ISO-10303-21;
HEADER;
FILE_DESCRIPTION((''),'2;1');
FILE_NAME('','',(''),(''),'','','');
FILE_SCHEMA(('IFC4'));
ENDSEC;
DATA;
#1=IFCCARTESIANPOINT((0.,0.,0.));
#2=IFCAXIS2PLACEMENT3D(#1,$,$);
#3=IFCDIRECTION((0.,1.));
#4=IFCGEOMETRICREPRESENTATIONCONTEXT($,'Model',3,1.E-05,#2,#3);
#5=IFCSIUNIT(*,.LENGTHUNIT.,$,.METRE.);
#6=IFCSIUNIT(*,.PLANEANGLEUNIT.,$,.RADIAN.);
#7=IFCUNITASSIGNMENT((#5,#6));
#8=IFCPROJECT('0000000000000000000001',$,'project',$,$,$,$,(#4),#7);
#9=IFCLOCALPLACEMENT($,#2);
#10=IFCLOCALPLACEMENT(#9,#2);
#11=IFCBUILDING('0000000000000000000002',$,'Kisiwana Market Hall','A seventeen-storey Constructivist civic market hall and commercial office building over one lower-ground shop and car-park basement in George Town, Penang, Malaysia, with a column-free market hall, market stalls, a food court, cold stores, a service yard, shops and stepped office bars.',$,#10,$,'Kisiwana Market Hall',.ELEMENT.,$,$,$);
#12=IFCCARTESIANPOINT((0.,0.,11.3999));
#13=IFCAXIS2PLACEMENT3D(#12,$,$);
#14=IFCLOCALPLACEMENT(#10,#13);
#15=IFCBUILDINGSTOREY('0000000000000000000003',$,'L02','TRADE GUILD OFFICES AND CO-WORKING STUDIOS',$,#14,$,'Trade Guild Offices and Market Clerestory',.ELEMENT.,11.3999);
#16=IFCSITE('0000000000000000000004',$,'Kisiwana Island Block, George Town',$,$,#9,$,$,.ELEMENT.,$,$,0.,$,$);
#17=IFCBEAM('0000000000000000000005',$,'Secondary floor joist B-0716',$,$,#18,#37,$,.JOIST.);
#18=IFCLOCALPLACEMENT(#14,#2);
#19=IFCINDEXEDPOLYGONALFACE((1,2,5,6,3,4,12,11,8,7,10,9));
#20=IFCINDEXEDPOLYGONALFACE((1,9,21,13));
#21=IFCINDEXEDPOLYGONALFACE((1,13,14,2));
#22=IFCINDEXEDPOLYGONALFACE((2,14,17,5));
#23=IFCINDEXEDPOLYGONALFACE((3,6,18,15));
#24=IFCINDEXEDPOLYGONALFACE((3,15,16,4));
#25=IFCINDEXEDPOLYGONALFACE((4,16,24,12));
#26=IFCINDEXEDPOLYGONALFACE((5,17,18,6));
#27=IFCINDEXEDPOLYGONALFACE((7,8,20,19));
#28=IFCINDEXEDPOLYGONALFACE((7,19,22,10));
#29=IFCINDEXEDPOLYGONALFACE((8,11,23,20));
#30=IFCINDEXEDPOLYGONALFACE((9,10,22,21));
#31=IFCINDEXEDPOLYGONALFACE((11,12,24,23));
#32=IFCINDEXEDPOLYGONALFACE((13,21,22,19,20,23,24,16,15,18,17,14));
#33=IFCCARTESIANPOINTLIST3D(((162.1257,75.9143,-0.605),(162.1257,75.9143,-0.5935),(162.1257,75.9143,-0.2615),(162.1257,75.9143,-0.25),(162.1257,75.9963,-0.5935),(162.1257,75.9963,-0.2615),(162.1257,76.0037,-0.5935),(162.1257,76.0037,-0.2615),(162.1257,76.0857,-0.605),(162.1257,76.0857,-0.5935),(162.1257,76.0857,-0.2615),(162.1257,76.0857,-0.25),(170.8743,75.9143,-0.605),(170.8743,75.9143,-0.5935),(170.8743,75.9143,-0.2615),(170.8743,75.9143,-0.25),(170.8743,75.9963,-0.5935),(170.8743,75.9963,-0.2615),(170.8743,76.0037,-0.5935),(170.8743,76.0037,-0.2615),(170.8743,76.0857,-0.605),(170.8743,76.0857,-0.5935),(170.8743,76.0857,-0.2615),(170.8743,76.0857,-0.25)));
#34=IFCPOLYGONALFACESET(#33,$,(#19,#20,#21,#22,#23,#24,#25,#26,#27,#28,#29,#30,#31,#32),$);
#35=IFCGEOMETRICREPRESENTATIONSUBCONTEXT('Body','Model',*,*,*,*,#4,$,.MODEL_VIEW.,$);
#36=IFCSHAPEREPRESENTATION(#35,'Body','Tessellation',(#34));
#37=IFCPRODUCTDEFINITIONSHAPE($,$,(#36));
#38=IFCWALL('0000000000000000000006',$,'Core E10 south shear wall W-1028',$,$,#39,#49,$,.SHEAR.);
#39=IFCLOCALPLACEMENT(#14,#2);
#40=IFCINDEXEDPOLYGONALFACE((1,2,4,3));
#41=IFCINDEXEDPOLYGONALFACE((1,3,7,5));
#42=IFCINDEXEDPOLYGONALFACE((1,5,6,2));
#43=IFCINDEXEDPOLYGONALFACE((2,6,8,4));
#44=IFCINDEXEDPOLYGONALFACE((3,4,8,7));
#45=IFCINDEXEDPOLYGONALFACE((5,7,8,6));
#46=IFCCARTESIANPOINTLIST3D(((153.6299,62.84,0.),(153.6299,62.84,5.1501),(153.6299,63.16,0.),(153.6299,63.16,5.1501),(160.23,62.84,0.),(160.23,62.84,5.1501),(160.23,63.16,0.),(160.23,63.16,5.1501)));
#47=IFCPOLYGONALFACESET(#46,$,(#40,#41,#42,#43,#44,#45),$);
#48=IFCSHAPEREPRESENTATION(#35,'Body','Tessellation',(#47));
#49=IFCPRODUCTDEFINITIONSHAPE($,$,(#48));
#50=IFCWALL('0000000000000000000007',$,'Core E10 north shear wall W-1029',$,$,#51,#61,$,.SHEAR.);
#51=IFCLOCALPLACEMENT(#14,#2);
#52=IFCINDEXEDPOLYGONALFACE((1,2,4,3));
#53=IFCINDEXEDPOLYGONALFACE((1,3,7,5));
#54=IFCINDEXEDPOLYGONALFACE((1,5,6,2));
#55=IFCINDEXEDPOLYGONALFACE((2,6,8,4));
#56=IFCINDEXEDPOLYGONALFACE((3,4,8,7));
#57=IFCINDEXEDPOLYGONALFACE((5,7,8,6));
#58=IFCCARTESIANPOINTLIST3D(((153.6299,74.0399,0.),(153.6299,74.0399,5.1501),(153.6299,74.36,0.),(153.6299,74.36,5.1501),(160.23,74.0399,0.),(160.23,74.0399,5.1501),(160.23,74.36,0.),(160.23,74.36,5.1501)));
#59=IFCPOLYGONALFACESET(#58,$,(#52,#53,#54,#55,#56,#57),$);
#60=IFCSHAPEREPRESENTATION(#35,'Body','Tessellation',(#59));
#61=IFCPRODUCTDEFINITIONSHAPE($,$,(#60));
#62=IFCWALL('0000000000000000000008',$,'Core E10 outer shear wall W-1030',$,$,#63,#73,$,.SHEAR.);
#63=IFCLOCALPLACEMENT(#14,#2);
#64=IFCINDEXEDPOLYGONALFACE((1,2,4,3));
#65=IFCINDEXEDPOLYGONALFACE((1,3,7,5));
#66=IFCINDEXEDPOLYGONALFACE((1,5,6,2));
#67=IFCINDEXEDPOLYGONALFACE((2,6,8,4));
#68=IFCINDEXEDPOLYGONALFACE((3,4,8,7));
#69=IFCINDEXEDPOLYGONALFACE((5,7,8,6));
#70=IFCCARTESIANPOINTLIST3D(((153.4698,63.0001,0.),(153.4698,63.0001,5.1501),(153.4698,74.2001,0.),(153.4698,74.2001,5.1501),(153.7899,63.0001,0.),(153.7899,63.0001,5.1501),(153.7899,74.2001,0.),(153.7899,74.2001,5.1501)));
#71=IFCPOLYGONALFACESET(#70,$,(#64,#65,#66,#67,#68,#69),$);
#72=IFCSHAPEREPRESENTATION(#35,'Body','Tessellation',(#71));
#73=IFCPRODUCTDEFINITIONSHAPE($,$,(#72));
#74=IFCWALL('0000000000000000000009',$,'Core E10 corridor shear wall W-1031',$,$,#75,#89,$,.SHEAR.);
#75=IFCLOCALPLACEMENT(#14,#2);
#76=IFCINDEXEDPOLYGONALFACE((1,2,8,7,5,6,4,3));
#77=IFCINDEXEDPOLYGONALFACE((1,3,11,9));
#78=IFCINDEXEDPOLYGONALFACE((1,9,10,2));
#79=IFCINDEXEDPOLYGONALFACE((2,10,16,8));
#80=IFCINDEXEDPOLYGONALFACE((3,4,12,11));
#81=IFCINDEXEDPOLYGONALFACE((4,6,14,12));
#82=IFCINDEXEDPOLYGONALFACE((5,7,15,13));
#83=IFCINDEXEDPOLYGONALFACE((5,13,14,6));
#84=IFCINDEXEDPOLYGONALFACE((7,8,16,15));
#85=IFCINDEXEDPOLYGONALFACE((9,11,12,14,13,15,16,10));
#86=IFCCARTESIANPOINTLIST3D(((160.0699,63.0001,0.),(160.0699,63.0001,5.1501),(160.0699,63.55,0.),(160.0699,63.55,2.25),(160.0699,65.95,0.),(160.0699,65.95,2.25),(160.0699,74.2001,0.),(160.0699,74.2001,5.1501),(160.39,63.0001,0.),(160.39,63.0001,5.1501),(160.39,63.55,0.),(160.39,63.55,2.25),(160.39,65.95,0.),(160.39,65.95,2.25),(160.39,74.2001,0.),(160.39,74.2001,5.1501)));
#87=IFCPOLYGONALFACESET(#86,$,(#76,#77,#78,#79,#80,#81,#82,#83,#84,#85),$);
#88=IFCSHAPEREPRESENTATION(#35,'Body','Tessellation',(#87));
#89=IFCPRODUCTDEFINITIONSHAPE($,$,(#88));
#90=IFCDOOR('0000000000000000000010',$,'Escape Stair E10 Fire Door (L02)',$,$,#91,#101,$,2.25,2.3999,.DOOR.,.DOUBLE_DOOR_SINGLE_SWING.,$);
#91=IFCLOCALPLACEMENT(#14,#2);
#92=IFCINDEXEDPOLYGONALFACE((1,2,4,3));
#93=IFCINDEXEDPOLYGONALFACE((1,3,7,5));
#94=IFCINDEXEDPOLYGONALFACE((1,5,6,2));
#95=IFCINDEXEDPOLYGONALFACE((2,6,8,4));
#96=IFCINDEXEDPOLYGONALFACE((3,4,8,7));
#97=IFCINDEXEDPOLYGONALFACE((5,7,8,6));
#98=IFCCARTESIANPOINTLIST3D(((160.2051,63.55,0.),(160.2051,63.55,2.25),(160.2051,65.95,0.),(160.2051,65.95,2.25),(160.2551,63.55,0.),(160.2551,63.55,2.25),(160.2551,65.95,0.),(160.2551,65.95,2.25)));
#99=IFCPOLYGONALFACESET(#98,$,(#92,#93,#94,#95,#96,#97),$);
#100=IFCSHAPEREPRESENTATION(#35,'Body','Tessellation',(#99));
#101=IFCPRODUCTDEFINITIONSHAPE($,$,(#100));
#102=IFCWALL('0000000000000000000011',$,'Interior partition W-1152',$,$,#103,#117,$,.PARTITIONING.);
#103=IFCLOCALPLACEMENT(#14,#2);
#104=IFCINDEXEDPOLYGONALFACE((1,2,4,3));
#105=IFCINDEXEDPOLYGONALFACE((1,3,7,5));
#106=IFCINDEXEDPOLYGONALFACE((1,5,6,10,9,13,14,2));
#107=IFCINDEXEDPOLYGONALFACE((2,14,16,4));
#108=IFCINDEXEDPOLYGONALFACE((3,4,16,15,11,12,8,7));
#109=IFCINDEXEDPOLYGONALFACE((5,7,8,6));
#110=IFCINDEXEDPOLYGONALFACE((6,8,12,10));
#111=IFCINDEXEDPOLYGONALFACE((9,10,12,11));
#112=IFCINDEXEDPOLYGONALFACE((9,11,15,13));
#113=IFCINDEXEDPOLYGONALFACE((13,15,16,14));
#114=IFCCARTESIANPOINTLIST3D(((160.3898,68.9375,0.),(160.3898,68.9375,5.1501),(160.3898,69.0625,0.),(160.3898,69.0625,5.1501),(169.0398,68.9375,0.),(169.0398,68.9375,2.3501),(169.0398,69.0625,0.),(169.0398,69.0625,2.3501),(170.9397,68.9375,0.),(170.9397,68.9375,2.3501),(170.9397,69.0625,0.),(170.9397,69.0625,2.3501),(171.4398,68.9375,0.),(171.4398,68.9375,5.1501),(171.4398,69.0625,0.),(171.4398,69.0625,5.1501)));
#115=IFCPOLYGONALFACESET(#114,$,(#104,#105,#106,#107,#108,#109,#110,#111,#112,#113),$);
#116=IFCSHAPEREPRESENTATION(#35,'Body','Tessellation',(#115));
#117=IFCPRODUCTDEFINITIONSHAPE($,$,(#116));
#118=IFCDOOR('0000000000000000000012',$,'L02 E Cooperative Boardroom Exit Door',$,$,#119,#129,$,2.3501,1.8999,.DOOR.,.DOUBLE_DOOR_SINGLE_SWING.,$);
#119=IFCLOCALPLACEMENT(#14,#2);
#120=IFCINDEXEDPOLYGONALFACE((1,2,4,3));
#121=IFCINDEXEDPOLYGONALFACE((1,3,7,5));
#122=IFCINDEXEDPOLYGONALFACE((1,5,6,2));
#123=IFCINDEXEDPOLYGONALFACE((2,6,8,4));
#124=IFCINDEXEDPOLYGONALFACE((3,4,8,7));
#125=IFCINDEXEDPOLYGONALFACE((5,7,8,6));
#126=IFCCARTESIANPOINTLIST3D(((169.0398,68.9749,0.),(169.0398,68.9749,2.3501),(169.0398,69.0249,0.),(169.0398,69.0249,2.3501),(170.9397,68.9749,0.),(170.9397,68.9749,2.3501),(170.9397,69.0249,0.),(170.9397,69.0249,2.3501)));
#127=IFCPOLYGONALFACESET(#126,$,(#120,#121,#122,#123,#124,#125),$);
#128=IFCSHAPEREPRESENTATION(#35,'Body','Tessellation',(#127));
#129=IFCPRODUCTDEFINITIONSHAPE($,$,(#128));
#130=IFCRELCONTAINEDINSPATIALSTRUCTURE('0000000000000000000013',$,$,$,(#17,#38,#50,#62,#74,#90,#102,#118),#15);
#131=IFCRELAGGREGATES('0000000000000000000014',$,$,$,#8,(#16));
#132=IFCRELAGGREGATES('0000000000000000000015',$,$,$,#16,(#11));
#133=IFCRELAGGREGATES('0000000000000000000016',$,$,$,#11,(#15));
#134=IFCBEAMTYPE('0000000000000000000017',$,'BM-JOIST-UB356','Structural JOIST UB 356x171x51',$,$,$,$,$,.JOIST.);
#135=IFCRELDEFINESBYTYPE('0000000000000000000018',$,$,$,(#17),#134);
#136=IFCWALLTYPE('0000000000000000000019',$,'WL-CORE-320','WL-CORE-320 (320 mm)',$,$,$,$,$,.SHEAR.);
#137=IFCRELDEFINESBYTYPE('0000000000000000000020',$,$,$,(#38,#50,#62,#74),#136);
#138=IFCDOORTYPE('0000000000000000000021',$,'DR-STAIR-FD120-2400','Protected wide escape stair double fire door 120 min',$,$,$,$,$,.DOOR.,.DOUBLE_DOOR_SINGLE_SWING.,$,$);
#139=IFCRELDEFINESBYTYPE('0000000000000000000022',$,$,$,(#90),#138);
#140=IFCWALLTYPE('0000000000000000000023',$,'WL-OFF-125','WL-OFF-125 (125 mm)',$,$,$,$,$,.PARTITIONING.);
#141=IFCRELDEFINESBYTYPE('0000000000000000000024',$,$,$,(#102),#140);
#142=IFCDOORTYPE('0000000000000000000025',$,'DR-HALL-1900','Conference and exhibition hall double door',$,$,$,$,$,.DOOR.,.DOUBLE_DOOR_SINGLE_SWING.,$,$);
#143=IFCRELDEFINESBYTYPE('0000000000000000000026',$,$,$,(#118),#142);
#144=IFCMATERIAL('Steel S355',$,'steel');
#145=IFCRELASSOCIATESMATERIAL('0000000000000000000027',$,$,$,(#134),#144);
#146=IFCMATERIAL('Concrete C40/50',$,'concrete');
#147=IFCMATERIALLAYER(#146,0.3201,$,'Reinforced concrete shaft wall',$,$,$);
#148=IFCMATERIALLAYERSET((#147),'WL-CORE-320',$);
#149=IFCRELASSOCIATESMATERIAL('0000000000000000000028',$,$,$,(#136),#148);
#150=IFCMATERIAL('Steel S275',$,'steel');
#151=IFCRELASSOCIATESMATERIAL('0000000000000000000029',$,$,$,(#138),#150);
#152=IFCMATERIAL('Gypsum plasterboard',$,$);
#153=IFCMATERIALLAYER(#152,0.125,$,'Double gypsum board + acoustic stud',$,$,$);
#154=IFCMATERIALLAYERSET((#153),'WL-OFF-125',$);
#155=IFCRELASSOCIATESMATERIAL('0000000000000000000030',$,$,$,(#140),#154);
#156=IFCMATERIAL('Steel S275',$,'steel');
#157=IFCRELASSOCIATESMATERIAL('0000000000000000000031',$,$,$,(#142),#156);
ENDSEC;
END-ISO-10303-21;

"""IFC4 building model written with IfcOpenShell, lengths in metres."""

from ifc_helpers import new_model, si_unit, direction, frame, frame_2d, origin, origin_2d, place, context, subcontext, project, spatial, rectangle, i_section, extrude, material, layer, layer_set, material_profile, profile_set, type_object, element, fill, save


model = new_model("IFC4")

# Units and contexts
model_context = context("Model", 3, precision=1e-05, world=origin(), true_north=direction((0.0, 1.0)))
body_context = subcontext(model_context, "Body", "Model", "MODEL_VIEW")
ifc_project = project(units=[si_unit("LENGTHUNIT", "METRE"), si_unit("PLANEANGLEUNIT", "RADIAN")], contexts=[model_context])

# Site, building, storey
site_placement = place(None, origin())
site = spatial("IfcSite", under=ifc_project, at=site_placement, Name="Kisiwana Island Block, George Town", CompositionType="ELEMENT", RefElevation=0.0)
building_placement = place(site_placement, origin())
building = spatial("IfcBuilding", under=site, at=building_placement, Name="Kisiwana Market Hall", Description="A seventeen-storey Constructivist civic market hall and commercial office building over one lower-ground shop and car-park basement in George Town, Penang, Malaysia, with a column-free market hall, market stalls, a food court, cold stores, a service yard, shops and stepped office bars.", LongName="Kisiwana Market Hall", CompositionType="ELEMENT")
storey_placement = place(building_placement, frame((0.0, 0.0, 11.3999)))
storey = spatial("IfcBuildingStorey", under=building, at=storey_placement, Name="L02", Description="TRADE GUILD OFFICES AND CO-WORKING STUDIOS", LongName="Trade Guild Offices and Market Clerestory", CompositionType="ELEMENT", Elevation=11.3999)

# Beam
ifc_material_1 = material(Name="Steel S355", Category="steel")
ifc_material_profile_1 = material_profile(ifc_material_1, i_section(OverallWidth=0.1714, OverallDepth=0.355, WebThickness=0.0073, FlangeThickness=0.0115, at=origin_2d()), Name="UB 356x171x51")
ifc_profile_set_1 = profile_set([ifc_material_profile_1], Name="Steel S355")
beam_type_1 = type_object("IfcBeamType", Name="BM-JOIST-UB356", Description="Structural JOIST UB 356x171x51", PredefinedType="JOIST", material=ifc_profile_set_1)
for number, where, z_axis, x_axis, name in (
    (1, (162.1257, 76.0, -0.4275), (1.0, 0.0, 0.0), (0.0, 1.0, 0.0), "Secondary floor joist B-0716"),
):
    element("IfcBeam", number, at=place(storey_placement, frame(where, z_axis=z_axis, x_axis=x_axis)), inside=storey, type_object=beam_type_1, Name=name, PredefinedType="JOIST", context=body_context, shape_type="SweptSolid", body=[
        extrude(i_section(OverallWidth=0.1714, OverallDepth=0.355, WebThickness=0.0073, FlangeThickness=0.0115, at=origin_2d()), origin(), (0.0, 0.0, 1.0), 8.7485),
    ])

# Walls
ifc_material_2 = material(Name="Concrete C40/50", Category="concrete")
ifc_layer_1 = layer(ifc_material_2, 0.3201, Name="Reinforced concrete shaft wall")
ifc_layer_set_1 = layer_set([ifc_layer_1], Name="WL-CORE-320")
wall_type_1 = type_object("IfcWallType", Name="WL-CORE-320", Description="WL-CORE-320 (320 mm)", PredefinedType="SHEAR", material=ifc_layer_set_1)
for number, where, z_axis, x_axis, name in (
    (2, (153.6299, 63.0, 0.0), (0.0, 0.0, 1.0), (1.0, 0.0, 0.0), "Core E10 south shear wall W-1028"),
    (3, (153.6299, 74.2, 0.0), (0.0, 0.0, 1.0), (1.0, 0.0, 0.0), "Core E10 north shear wall W-1029"),
):
    element("IfcWall", number, at=place(storey_placement, frame(where, z_axis=z_axis, x_axis=x_axis)), inside=storey, type_object=wall_type_1, Name=name, PredefinedType="SHEAR", context=body_context, shape_type="SweptSolid", body=[
        extrude(rectangle(XDim=6.6001, YDim=0.3201, at=frame_2d((3.3, 0.0))), origin(), (0.0, 0.0, 1.0), 5.1501),
    ])
wall_1_placement = place(storey_placement, frame((153.6299, 63.0, 0.0), z_axis=(0.0, 0.0, 1.0), x_axis=(0.0, 1.0, 0.0)))
element("IfcWall", 4, at=wall_1_placement, inside=storey, type_object=wall_type_1, Name="Core E10 outer shear wall W-1030", PredefinedType="SHEAR", context=body_context, shape_type="SweptSolid", body=[
    extrude(rectangle(XDim=11.2, YDim=0.3201, at=frame_2d((5.6001, 0.0))), origin(), (0.0, 0.0, 1.0), 5.1501),
])

# Walls, openings, doors
wall_2_placement = place(storey_placement, frame((160.23, 63.0, 0.0), z_axis=(0.0, 0.0, 1.0), x_axis=(0.0, 1.0, 0.0)))
wall_2 = element("IfcWall", 5, at=wall_2_placement, inside=storey, type_object=wall_type_1, Name="Core E10 corridor shear wall W-1031", PredefinedType="SHEAR", context=body_context, shape_type="SweptSolid", body=[
    extrude(rectangle(XDim=11.2, YDim=0.3201, at=frame_2d((5.6001, 0.0))), origin(), (0.0, 0.0, 1.0), 5.1501),
])
opening_1_placement = place(wall_2_placement, frame((0.55, 0.0, 0.0)))
opening_1 = element("IfcOpeningElement", 6, at=opening_1_placement, cuts=wall_2, PredefinedType="OPENING", context=body_context, shape_type="SweptSolid", body=[
    extrude(rectangle(XDim=2.3999, YDim=2.25, at=frame_2d((1.2, 1.125))), frame((0.0, 0.1719, 0.0), z_axis=(0.0, -1.0, 0.0), x_axis=(1.0, 0.0, 0.0)), (0.0, 0.0, 1.0), 0.344),
])
ifc_material_3 = material(Name="Steel S275", Category="steel")
door_type_1 = type_object("IfcDoorType", Name="DR-STAIR-FD120-2400", Description="Protected wide escape stair double fire door 120 min", OperationType="DOUBLE_DOOR_SINGLE_SWING", PredefinedType="DOOR", material=ifc_material_3)
door_1_placement = place(opening_1_placement, origin())
door_1 = element("IfcDoor", 7, at=door_1_placement, inside=storey, type_object=door_type_1, Name="Escape Stair E10 Fire Door (L02)", OperationType="DOUBLE_DOOR_SINGLE_SWING", OverallHeight=2.25, OverallWidth=2.3999, PredefinedType="DOOR", context=body_context, shape_type="SweptSolid", body=[
    extrude(rectangle(XDim=2.3999, YDim=2.25, at=frame_2d((1.2, 1.125))), frame((0.0, 0.0249, 0.0), z_axis=(0.0, -1.0, 0.0), x_axis=(1.0, 0.0, 0.0)), (0.0, 0.0, 1.0), 0.05),
])
fill(opening_1, door_1)
ifc_material_4 = material(Name="Gypsum plasterboard")
ifc_layer_2 = layer(ifc_material_4, 0.125, Name="Double gypsum board + acoustic stud")
ifc_layer_set_2 = layer_set([ifc_layer_2], Name="WL-OFF-125")
wall_type_2 = type_object("IfcWallType", Name="WL-OFF-125", Description="WL-OFF-125 (125 mm)", PredefinedType="PARTITIONING", material=ifc_layer_set_2)
wall_3_placement = place(storey_placement, frame((160.3899, 69.0, 0.0), z_axis=(0.0, 0.0, 1.0), x_axis=(1.0, 0.0, 0.0)))
wall_3 = element("IfcWall", 8, at=wall_3_placement, inside=storey, type_object=wall_type_2, Name="Interior partition W-1152", PredefinedType="PARTITIONING", context=body_context, shape_type="SweptSolid", body=[
    extrude(rectangle(XDim=11.05, YDim=0.125, at=frame_2d((5.5249, 0.0))), origin(), (0.0, 0.0, 1.0), 5.1501),
])
opening_2_placement = place(wall_3_placement, frame((8.6499, 0.0, 0.0)))
opening_2 = element("IfcOpeningElement", 9, at=opening_2_placement, cuts=wall_3, PredefinedType="OPENING", context=body_context, shape_type="SweptSolid", body=[
    extrude(rectangle(XDim=1.8999, YDim=2.3501, at=frame_2d((0.95, 1.175))), frame((0.0, 0.0745, 0.0), z_axis=(0.0, -1.0, 0.0), x_axis=(1.0, 0.0, 0.0)), (0.0, 0.0, 1.0), 0.1489),
])
ifc_material_5 = material(Name="Steel S275", Category="steel")
door_type_2 = type_object("IfcDoorType", Name="DR-HALL-1900", Description="Conference and exhibition hall double door", OperationType="DOUBLE_DOOR_SINGLE_SWING", PredefinedType="DOOR", material=ifc_material_5)
door_2_placement = place(opening_2_placement, origin())
door_2 = element("IfcDoor", 10, at=door_2_placement, inside=storey, type_object=door_type_2, Name="L02 E Cooperative Boardroom Exit Door", OperationType="DOUBLE_DOOR_SINGLE_SWING", OverallHeight=2.3501, OverallWidth=1.8999, PredefinedType="DOOR", context=body_context, shape_type="SweptSolid", body=[
    extrude(rectangle(XDim=1.8999, YDim=2.3501, at=frame_2d((0.95, 1.175))), frame((0.0, 0.0249, 0.0), z_axis=(0.0, -1.0, 0.0), x_axis=(1.0, 0.0, 0.0)), (0.0, 0.0, 1.0), 0.05),
])
fill(opening_2, door_2)

save(model, "model.ifc")
